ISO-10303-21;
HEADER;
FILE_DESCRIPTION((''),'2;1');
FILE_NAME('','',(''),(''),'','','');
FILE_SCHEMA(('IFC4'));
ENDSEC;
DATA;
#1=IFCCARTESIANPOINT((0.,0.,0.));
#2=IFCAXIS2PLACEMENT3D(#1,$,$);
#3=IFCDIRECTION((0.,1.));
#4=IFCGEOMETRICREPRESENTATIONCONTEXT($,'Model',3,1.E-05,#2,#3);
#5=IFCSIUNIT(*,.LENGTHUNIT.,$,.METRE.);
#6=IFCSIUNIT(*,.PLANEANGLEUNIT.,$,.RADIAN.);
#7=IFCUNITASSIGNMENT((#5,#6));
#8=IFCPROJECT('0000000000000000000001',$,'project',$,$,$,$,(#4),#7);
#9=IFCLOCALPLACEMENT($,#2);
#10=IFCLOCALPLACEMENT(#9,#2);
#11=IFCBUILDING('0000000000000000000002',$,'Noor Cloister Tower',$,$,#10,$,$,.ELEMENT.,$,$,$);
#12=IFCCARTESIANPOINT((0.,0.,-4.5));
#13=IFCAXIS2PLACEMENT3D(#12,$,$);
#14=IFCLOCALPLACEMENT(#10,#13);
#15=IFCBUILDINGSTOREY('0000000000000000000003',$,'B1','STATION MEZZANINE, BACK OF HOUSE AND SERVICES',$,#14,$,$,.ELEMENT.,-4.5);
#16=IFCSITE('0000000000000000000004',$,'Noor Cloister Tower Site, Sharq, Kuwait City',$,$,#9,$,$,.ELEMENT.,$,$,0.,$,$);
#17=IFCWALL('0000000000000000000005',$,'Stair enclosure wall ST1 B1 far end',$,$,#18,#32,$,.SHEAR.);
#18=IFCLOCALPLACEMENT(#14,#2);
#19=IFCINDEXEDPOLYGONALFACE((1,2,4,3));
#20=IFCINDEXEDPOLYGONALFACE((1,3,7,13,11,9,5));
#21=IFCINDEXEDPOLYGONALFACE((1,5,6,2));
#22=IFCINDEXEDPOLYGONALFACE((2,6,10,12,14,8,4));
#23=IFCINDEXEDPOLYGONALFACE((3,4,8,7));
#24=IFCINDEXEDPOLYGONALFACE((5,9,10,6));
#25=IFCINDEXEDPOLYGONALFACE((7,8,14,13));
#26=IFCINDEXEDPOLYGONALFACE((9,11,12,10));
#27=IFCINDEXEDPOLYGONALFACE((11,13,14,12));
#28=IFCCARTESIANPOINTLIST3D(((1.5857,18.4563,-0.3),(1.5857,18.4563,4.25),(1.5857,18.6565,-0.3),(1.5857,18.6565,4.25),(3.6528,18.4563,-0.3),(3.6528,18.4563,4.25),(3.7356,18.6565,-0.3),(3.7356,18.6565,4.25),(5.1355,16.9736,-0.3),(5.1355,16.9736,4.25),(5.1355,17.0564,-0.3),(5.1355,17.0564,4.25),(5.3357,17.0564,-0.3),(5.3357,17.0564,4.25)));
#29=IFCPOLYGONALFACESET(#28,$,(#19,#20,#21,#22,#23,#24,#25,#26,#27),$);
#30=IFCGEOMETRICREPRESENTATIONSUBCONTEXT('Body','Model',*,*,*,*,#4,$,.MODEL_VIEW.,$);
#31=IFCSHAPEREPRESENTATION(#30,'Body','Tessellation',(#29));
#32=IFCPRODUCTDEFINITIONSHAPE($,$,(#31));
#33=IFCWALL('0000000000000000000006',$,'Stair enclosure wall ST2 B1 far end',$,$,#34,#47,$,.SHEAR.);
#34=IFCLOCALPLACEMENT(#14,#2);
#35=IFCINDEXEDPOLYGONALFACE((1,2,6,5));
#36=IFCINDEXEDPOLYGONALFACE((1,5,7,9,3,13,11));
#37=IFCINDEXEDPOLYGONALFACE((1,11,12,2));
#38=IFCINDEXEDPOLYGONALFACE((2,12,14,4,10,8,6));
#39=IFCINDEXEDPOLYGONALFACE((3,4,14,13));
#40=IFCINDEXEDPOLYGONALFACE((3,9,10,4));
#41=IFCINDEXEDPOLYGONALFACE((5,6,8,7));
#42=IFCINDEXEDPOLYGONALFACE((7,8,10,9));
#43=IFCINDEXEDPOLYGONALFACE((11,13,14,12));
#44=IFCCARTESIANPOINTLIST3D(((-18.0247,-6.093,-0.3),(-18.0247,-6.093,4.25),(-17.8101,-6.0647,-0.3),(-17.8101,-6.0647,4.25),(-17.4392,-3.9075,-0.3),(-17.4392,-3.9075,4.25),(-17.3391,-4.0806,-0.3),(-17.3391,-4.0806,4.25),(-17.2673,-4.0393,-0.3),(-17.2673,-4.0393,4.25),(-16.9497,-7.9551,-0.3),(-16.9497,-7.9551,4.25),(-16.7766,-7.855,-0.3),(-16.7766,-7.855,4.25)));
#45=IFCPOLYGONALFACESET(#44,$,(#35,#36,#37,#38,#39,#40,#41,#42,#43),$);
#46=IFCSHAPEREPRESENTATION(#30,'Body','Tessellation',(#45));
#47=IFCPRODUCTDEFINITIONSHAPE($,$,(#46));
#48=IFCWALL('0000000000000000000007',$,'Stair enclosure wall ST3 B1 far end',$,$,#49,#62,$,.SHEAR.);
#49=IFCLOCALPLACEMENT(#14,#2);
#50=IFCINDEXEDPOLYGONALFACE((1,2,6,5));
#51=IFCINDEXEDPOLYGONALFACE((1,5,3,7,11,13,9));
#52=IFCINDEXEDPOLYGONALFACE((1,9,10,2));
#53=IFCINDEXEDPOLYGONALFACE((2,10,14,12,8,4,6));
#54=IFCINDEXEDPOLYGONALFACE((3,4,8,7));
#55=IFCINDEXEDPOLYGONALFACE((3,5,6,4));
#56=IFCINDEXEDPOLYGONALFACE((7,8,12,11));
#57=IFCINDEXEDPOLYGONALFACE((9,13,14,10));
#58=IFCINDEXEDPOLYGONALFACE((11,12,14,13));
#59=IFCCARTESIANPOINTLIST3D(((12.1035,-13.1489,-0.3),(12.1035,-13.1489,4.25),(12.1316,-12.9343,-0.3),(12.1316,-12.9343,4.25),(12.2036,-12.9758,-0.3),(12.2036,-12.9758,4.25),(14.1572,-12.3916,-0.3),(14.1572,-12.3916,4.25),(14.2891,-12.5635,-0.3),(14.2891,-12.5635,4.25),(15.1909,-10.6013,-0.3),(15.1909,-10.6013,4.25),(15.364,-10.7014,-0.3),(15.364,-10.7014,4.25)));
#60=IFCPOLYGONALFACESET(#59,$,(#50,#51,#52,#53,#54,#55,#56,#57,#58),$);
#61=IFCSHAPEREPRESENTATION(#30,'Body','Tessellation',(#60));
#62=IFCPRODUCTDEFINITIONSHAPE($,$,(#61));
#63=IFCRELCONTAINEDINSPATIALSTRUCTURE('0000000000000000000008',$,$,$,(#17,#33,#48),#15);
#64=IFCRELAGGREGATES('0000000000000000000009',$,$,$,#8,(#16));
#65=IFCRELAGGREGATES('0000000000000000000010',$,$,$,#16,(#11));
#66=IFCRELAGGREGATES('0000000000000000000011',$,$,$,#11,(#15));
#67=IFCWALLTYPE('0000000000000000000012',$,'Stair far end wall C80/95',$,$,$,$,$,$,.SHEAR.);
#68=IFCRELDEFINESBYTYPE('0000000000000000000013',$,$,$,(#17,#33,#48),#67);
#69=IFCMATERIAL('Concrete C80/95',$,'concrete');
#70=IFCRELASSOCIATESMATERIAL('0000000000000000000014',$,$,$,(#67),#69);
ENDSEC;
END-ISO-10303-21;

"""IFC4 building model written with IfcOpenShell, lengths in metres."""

from ifc_helpers import new_model, si_unit, direction, frame, origin, place, context, subcontext, project, spatial, polyline, outline, extrude, material, type_object, element, save


model = new_model("IFC4")

# Units and contexts
model_context = context("Model", 3, precision=1e-05, world=origin(), true_north=direction((0.0, 1.0)))
body_context = subcontext(model_context, "Body", "Model", "MODEL_VIEW")
ifc_project = project(units=[si_unit("LENGTHUNIT", "METRE"), si_unit("PLANEANGLEUNIT", "RADIAN")], contexts=[model_context])

# Site, building, storey
site_placement = place(None, origin())
site = spatial("IfcSite", under=ifc_project, at=site_placement, Name="Noor Cloister Tower Site, Sharq, Kuwait City", CompositionType="ELEMENT", RefElevation=0.0)
building_placement = place(site_placement, origin())
building = spatial("IfcBuilding", under=site, at=building_placement, Name="Noor Cloister Tower", CompositionType="ELEMENT")
storey_placement = place(building_placement, frame((0.0, 0.0, -4.5)))
storey = spatial("IfcBuildingStorey", under=building, at=storey_placement, Name="B1", Description="STATION MEZZANINE, BACK OF HOUSE AND SERVICES", CompositionType="ELEMENT", Elevation=-4.5)

# Walls
ifc_material_1 = material(Name="Concrete C80/95", Category="concrete")
wall_type_1 = type_object("IfcWallType", Name="Stair far end wall C80/95", PredefinedType="SHEAR", material=ifc_material_1)
wall_1_placement = place(storey_placement, frame((0.0, 0.0, -0.3)))
element("IfcWall", 1, at=wall_1_placement, inside=storey, type_object=wall_type_1, Name="Stair enclosure wall ST1 B1 far end", PredefinedType="SHEAR", context=body_context, shape_type="SweptSolid", body=[
    extrude(outline(polyline([(5.3357, 17.0564), (3.7356, 18.6565), (1.5857, 18.6565), (1.5857, 18.4563), (3.6528, 18.4563), (5.1355, 16.9736), (5.1355, 17.0564), (5.1355, 17.0564), (5.1355, 17.0564), (5.1355, 17.0564), (5.1355, 17.0564), (5.1355, 17.0564), (5.1355, 17.0564), (5.1355, 17.0564), (5.1355, 17.0564), (5.1355, 17.0564), (5.1355, 17.0564), (5.1355, 17.0564), (5.1355, 17.0564), (5.1355, 17.0564), (5.1355, 17.0564), (5.1355, 17.0564), (5.1355, 17.0564), (5.3357, 17.0564)])), origin(), (0.0, 0.0, 1.0), 4.55),
])
wall_2_placement = place(storey_placement, frame((0.0, 0.0, -0.3)))
element("IfcWall", 2, at=wall_2_placement, inside=storey, type_object=wall_type_1, Name="Stair enclosure wall ST2 B1 far end", PredefinedType="SHEAR", context=body_context, shape_type="SweptSolid", body=[
    extrude(outline(polyline([(-17.4392, -3.9075), (-18.0247, -6.093), (-16.9497, -7.9551), (-16.7766, -7.855), (-17.8101, -6.0647), (-17.2673, -4.0393), (-17.3391, -4.0806), (-17.3391, -4.0806), (-17.3391, -4.0806), (-17.3391, -4.0806), (-17.3391, -4.0806), (-17.3391, -4.0806), (-17.3391, -4.0806), (-17.3391, -4.0806), (-17.3391, -4.0806), (-17.3391, -4.0806), (-17.3391, -4.0806), (-17.3391, -4.0806), (-17.3391, -4.0806), (-17.3391, -4.0806), (-17.3391, -4.0806), (-17.3391, -4.0806), (-17.3391, -4.0806), (-17.4392, -3.9075)])), origin(), (0.0, 0.0, 1.0), 4.55),
])
wall_3_placement = place(storey_placement, frame((0.0, 0.0, -0.3)))
element("IfcWall", 3, at=wall_3_placement, inside=storey, type_object=wall_type_1, Name="Stair enclosure wall ST3 B1 far end", PredefinedType="SHEAR", context=body_context, shape_type="SweptSolid", body=[
    extrude(outline(polyline([(12.1035, -13.1489), (14.2891, -12.5635), (15.364, -10.7014), (15.1909, -10.6013), (14.1572, -12.3916), (12.1316, -12.9343), (12.2036, -12.9758), (12.2036, -12.9758), (12.2036, -12.9758), (12.2036, -12.9758), (12.2036, -12.9758), (12.2036, -12.9758), (12.2036, -12.9758), (12.2036, -12.9758), (12.2036, -12.9758), (12.2036, -12.9758), (12.2036, -12.9758), (12.2036, -12.9758), (12.2036, -12.9758), (12.2036, -12.9758), (12.2036, -12.9758), (12.2036, -12.9758), (12.2036, -12.9758), (12.1035, -13.1489)])), origin(), (0.0, 0.0, 1.0), 4.55),
])

save(model, "model.ifc")
